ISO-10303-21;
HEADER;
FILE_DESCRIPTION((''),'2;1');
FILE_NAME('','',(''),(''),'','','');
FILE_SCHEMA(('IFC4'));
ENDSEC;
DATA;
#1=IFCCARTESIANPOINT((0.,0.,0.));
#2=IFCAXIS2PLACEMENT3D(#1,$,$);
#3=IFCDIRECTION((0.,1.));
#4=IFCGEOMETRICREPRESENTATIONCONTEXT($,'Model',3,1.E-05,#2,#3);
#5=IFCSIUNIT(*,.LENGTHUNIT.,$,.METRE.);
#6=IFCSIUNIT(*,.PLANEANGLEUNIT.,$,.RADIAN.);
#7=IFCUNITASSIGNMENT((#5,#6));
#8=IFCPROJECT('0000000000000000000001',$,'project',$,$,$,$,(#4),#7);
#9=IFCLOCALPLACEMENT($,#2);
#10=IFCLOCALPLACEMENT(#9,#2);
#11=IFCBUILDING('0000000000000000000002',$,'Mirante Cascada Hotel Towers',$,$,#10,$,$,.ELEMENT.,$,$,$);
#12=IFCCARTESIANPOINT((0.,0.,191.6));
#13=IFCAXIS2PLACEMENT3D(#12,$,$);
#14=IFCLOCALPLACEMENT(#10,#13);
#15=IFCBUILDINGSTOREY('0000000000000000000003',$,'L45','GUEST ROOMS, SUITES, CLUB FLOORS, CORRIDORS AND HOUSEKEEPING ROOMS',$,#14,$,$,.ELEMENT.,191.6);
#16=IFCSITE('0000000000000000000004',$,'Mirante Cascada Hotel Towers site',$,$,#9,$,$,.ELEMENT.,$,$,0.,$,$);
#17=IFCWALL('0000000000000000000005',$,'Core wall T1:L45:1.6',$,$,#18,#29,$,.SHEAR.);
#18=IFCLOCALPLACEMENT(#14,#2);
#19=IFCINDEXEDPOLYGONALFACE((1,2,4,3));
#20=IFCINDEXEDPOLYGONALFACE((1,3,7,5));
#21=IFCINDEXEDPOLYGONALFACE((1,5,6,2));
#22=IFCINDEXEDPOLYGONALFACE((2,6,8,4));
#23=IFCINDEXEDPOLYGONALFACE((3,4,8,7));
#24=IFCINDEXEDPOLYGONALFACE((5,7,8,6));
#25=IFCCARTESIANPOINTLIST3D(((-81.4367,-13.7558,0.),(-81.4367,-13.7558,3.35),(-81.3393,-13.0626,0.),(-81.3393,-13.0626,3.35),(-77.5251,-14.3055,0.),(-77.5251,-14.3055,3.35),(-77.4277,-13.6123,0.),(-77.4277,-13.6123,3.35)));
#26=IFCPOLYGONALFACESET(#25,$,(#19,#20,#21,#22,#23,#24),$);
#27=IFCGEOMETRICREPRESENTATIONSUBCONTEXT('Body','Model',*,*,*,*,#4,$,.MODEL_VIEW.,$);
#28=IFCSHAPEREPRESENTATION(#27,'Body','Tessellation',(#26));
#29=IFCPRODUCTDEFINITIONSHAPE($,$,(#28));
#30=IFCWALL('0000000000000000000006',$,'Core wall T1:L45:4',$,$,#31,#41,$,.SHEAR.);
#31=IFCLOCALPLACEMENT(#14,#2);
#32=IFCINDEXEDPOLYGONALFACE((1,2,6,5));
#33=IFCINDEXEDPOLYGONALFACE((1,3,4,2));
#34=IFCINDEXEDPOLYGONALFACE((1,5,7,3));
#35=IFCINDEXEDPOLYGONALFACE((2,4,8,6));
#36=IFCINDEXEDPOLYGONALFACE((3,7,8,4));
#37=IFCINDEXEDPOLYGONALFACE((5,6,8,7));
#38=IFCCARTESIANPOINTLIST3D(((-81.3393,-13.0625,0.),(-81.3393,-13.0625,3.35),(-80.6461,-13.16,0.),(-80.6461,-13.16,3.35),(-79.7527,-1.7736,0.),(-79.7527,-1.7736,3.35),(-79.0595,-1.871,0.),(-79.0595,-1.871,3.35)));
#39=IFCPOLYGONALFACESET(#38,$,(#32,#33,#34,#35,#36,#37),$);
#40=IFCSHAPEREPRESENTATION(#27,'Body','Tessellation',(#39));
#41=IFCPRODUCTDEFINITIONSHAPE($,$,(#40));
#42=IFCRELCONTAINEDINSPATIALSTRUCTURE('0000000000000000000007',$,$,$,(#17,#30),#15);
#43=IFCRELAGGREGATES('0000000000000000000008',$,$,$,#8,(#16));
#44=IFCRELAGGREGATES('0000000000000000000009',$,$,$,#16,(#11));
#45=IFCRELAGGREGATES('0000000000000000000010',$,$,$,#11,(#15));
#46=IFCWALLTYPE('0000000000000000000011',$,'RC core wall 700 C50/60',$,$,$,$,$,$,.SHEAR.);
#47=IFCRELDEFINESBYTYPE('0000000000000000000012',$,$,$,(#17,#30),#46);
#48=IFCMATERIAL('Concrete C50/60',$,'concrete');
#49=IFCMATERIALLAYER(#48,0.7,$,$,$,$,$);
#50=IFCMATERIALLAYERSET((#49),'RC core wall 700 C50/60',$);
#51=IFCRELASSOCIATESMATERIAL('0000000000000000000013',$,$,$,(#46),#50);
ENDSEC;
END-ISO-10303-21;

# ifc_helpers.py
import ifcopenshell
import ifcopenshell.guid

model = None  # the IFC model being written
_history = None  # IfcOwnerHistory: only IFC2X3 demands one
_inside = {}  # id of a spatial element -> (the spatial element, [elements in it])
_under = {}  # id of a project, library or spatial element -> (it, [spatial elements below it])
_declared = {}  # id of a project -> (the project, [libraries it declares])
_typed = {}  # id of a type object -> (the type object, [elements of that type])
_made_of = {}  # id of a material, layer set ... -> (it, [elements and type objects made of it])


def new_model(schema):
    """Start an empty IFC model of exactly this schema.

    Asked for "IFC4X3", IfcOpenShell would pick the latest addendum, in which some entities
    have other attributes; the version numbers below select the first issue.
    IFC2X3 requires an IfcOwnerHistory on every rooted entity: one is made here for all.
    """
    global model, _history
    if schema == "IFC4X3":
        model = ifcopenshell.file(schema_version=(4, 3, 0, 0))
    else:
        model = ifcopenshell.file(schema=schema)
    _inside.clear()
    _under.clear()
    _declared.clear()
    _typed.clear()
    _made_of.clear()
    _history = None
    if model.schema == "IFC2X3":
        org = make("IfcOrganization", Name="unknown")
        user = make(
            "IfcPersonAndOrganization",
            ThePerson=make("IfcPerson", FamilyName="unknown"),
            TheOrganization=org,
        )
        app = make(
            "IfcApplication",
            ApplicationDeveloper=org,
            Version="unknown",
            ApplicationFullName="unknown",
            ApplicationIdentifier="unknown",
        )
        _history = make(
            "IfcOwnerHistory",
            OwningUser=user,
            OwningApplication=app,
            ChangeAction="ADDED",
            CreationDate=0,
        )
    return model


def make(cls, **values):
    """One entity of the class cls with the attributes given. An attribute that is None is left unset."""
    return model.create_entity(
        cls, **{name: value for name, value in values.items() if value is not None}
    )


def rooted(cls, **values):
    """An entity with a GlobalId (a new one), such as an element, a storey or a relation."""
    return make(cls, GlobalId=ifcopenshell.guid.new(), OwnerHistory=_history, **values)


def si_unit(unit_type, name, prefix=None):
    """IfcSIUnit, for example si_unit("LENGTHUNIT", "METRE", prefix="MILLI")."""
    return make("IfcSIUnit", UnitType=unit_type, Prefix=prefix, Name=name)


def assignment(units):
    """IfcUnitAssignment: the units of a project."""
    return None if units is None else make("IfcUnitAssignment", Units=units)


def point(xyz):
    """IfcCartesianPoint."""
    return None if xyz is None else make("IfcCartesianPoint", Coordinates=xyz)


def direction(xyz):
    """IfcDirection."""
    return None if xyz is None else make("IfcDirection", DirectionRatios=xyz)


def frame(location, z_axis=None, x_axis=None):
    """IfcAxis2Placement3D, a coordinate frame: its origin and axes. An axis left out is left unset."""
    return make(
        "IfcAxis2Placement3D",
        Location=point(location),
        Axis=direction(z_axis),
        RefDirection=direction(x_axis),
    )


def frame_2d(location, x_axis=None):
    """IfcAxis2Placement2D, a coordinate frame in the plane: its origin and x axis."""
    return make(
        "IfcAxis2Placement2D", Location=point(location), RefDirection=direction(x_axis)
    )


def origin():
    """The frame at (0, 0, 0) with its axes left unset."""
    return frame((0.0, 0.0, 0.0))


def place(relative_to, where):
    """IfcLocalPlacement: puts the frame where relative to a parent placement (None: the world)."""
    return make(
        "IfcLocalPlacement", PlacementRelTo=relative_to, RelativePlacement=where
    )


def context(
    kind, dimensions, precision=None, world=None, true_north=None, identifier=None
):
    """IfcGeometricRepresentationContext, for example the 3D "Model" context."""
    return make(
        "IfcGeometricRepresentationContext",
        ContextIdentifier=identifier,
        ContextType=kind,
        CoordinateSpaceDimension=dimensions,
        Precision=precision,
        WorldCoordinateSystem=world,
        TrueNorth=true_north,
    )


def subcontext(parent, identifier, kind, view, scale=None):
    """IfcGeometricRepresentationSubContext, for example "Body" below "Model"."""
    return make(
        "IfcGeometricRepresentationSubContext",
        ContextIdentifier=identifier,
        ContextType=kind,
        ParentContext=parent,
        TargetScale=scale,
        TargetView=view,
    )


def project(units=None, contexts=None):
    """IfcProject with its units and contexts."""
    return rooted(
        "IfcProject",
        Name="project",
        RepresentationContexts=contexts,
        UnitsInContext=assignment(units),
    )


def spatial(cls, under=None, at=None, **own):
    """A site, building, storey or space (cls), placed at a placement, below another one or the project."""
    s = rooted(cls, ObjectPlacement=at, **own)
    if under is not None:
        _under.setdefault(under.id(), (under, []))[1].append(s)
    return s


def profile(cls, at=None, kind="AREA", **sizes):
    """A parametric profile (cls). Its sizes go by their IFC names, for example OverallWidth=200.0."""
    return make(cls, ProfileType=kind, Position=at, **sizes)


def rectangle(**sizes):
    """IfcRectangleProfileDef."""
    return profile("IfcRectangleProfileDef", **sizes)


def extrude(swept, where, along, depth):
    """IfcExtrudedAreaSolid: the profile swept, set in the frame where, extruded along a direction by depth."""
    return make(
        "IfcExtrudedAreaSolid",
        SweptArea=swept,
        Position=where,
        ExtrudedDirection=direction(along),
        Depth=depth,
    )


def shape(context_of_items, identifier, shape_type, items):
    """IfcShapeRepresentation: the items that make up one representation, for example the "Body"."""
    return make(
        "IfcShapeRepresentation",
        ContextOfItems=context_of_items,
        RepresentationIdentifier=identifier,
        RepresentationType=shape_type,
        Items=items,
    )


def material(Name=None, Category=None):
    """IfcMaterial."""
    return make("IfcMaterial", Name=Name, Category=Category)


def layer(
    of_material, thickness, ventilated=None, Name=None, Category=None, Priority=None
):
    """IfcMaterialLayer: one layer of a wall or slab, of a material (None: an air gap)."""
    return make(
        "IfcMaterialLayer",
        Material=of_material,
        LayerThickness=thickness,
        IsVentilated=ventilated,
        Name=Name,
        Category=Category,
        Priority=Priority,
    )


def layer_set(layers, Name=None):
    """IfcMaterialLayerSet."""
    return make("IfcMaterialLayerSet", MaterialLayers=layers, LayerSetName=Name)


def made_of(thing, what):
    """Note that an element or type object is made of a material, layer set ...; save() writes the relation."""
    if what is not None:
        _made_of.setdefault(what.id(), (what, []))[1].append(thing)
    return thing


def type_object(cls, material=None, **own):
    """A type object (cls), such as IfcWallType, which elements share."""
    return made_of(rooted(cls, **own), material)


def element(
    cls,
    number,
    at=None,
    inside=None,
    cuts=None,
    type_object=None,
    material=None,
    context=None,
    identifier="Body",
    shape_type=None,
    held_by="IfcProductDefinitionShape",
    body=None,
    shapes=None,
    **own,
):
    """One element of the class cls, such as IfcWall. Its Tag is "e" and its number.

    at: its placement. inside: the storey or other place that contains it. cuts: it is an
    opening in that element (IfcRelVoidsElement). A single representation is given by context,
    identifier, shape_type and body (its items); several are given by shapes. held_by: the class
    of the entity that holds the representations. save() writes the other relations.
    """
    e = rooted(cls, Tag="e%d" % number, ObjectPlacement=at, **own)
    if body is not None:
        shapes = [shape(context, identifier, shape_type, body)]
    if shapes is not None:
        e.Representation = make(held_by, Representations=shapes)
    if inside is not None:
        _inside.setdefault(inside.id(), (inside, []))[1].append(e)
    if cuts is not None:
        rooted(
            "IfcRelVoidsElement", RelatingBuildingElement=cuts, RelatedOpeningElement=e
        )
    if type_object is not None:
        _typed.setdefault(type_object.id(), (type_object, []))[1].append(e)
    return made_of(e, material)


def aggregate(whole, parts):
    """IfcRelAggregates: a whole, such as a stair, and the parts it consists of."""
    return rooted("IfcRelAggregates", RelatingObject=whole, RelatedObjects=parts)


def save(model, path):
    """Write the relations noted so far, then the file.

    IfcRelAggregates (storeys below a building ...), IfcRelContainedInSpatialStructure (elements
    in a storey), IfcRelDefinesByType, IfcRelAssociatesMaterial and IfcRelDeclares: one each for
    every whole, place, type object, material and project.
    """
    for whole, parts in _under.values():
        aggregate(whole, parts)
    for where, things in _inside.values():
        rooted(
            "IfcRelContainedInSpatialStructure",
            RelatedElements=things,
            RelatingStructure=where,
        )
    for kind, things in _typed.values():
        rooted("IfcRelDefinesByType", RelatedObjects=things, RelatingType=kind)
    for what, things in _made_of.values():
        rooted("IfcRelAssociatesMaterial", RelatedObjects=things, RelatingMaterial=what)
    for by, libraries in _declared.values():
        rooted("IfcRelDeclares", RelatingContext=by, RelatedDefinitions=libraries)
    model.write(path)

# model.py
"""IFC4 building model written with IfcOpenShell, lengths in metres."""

from ifc_helpers import new_model, si_unit, direction, frame, frame_2d, origin, place, context, subcontext, project, spatial, rectangle, extrude, material, layer, layer_set, type_object, element, save


model = new_model("IFC4")

# Units and contexts
model_context = context("Model", 3, precision=1e-05, world=origin(), true_north=direction((0.0, 1.0)))
body_context = subcontext(model_context, "Body", "Model", "MODEL_VIEW")
ifc_project = project(units=[si_unit("LENGTHUNIT", "METRE"), si_unit("PLANEANGLEUNIT", "RADIAN")], contexts=[model_context])

# Site, building, storey
site_placement = place(None, origin())
site = spatial("IfcSite", under=ifc_project, at=site_placement, Name="Mirante Cascada Hotel Towers site", CompositionType="ELEMENT", RefElevation=0.0)
building_placement = place(site_placement, origin())
building = spatial("IfcBuilding", under=site, at=building_placement, Name="Mirante Cascada Hotel Towers", CompositionType="ELEMENT")
storey_placement = place(building_placement, frame((0.0, 0.0, 191.6)))
storey = spatial("IfcBuildingStorey", under=building, at=storey_placement, Name="L45", Description="GUEST ROOMS, SUITES, CLUB FLOORS, CORRIDORS AND HOUSEKEEPING ROOMS", CompositionType="ELEMENT", Elevation=191.6)

# Walls
ifc_material_1 = material(Name="Concrete C50/60", Category="concrete")
ifc_layer_1 = layer(ifc_material_1, 0.7)
ifc_layer_set_1 = layer_set([ifc_layer_1], Name="RC core wall 700 C50/60")
wall_type_1 = type_object("IfcWallType", Name="RC core wall 700 C50/60", PredefinedType="SHEAR", material=ifc_layer_set_1)
wall_1_placement = place(storey_placement, frame((-77.4764, -13.9589, 0.0), z_axis=(0.0, 0.0, 1.0), x_axis=(-0.990269, 0.139163, 0.0)))
element("IfcWall", 1, at=wall_1_placement, inside=storey, type_object=wall_type_1, Name="Core wall T1:L45:1.6", PredefinedType="SHEAR", context=body_context, shape_type="SweptSolid", body=[
    extrude(rectangle(XDim=3.95, YDim=0.7, at=frame_2d((1.975, 0.0))), origin(), (0.0, 0.0, 1.0), 3.35),
])
wall_2_placement = place(storey_placement, frame((-80.9927, -13.1113, 0.0), z_axis=(0.0, 0.0, 1.0), x_axis=(0.139176, 0.990268, 0.0)))
element("IfcWall", 2, at=wall_2_placement, inside=storey, type_object=wall_type_1, Name="Core wall T1:L45:4", PredefinedType="SHEAR", context=body_context, shape_type="SweptSolid", body=[
    extrude(rectangle(XDim=11.3999, YDim=0.7, at=frame_2d((5.7, 0.0))), origin(), (0.0, 0.0, 1.0), 3.35),
])

save(model, "model.ifc")
